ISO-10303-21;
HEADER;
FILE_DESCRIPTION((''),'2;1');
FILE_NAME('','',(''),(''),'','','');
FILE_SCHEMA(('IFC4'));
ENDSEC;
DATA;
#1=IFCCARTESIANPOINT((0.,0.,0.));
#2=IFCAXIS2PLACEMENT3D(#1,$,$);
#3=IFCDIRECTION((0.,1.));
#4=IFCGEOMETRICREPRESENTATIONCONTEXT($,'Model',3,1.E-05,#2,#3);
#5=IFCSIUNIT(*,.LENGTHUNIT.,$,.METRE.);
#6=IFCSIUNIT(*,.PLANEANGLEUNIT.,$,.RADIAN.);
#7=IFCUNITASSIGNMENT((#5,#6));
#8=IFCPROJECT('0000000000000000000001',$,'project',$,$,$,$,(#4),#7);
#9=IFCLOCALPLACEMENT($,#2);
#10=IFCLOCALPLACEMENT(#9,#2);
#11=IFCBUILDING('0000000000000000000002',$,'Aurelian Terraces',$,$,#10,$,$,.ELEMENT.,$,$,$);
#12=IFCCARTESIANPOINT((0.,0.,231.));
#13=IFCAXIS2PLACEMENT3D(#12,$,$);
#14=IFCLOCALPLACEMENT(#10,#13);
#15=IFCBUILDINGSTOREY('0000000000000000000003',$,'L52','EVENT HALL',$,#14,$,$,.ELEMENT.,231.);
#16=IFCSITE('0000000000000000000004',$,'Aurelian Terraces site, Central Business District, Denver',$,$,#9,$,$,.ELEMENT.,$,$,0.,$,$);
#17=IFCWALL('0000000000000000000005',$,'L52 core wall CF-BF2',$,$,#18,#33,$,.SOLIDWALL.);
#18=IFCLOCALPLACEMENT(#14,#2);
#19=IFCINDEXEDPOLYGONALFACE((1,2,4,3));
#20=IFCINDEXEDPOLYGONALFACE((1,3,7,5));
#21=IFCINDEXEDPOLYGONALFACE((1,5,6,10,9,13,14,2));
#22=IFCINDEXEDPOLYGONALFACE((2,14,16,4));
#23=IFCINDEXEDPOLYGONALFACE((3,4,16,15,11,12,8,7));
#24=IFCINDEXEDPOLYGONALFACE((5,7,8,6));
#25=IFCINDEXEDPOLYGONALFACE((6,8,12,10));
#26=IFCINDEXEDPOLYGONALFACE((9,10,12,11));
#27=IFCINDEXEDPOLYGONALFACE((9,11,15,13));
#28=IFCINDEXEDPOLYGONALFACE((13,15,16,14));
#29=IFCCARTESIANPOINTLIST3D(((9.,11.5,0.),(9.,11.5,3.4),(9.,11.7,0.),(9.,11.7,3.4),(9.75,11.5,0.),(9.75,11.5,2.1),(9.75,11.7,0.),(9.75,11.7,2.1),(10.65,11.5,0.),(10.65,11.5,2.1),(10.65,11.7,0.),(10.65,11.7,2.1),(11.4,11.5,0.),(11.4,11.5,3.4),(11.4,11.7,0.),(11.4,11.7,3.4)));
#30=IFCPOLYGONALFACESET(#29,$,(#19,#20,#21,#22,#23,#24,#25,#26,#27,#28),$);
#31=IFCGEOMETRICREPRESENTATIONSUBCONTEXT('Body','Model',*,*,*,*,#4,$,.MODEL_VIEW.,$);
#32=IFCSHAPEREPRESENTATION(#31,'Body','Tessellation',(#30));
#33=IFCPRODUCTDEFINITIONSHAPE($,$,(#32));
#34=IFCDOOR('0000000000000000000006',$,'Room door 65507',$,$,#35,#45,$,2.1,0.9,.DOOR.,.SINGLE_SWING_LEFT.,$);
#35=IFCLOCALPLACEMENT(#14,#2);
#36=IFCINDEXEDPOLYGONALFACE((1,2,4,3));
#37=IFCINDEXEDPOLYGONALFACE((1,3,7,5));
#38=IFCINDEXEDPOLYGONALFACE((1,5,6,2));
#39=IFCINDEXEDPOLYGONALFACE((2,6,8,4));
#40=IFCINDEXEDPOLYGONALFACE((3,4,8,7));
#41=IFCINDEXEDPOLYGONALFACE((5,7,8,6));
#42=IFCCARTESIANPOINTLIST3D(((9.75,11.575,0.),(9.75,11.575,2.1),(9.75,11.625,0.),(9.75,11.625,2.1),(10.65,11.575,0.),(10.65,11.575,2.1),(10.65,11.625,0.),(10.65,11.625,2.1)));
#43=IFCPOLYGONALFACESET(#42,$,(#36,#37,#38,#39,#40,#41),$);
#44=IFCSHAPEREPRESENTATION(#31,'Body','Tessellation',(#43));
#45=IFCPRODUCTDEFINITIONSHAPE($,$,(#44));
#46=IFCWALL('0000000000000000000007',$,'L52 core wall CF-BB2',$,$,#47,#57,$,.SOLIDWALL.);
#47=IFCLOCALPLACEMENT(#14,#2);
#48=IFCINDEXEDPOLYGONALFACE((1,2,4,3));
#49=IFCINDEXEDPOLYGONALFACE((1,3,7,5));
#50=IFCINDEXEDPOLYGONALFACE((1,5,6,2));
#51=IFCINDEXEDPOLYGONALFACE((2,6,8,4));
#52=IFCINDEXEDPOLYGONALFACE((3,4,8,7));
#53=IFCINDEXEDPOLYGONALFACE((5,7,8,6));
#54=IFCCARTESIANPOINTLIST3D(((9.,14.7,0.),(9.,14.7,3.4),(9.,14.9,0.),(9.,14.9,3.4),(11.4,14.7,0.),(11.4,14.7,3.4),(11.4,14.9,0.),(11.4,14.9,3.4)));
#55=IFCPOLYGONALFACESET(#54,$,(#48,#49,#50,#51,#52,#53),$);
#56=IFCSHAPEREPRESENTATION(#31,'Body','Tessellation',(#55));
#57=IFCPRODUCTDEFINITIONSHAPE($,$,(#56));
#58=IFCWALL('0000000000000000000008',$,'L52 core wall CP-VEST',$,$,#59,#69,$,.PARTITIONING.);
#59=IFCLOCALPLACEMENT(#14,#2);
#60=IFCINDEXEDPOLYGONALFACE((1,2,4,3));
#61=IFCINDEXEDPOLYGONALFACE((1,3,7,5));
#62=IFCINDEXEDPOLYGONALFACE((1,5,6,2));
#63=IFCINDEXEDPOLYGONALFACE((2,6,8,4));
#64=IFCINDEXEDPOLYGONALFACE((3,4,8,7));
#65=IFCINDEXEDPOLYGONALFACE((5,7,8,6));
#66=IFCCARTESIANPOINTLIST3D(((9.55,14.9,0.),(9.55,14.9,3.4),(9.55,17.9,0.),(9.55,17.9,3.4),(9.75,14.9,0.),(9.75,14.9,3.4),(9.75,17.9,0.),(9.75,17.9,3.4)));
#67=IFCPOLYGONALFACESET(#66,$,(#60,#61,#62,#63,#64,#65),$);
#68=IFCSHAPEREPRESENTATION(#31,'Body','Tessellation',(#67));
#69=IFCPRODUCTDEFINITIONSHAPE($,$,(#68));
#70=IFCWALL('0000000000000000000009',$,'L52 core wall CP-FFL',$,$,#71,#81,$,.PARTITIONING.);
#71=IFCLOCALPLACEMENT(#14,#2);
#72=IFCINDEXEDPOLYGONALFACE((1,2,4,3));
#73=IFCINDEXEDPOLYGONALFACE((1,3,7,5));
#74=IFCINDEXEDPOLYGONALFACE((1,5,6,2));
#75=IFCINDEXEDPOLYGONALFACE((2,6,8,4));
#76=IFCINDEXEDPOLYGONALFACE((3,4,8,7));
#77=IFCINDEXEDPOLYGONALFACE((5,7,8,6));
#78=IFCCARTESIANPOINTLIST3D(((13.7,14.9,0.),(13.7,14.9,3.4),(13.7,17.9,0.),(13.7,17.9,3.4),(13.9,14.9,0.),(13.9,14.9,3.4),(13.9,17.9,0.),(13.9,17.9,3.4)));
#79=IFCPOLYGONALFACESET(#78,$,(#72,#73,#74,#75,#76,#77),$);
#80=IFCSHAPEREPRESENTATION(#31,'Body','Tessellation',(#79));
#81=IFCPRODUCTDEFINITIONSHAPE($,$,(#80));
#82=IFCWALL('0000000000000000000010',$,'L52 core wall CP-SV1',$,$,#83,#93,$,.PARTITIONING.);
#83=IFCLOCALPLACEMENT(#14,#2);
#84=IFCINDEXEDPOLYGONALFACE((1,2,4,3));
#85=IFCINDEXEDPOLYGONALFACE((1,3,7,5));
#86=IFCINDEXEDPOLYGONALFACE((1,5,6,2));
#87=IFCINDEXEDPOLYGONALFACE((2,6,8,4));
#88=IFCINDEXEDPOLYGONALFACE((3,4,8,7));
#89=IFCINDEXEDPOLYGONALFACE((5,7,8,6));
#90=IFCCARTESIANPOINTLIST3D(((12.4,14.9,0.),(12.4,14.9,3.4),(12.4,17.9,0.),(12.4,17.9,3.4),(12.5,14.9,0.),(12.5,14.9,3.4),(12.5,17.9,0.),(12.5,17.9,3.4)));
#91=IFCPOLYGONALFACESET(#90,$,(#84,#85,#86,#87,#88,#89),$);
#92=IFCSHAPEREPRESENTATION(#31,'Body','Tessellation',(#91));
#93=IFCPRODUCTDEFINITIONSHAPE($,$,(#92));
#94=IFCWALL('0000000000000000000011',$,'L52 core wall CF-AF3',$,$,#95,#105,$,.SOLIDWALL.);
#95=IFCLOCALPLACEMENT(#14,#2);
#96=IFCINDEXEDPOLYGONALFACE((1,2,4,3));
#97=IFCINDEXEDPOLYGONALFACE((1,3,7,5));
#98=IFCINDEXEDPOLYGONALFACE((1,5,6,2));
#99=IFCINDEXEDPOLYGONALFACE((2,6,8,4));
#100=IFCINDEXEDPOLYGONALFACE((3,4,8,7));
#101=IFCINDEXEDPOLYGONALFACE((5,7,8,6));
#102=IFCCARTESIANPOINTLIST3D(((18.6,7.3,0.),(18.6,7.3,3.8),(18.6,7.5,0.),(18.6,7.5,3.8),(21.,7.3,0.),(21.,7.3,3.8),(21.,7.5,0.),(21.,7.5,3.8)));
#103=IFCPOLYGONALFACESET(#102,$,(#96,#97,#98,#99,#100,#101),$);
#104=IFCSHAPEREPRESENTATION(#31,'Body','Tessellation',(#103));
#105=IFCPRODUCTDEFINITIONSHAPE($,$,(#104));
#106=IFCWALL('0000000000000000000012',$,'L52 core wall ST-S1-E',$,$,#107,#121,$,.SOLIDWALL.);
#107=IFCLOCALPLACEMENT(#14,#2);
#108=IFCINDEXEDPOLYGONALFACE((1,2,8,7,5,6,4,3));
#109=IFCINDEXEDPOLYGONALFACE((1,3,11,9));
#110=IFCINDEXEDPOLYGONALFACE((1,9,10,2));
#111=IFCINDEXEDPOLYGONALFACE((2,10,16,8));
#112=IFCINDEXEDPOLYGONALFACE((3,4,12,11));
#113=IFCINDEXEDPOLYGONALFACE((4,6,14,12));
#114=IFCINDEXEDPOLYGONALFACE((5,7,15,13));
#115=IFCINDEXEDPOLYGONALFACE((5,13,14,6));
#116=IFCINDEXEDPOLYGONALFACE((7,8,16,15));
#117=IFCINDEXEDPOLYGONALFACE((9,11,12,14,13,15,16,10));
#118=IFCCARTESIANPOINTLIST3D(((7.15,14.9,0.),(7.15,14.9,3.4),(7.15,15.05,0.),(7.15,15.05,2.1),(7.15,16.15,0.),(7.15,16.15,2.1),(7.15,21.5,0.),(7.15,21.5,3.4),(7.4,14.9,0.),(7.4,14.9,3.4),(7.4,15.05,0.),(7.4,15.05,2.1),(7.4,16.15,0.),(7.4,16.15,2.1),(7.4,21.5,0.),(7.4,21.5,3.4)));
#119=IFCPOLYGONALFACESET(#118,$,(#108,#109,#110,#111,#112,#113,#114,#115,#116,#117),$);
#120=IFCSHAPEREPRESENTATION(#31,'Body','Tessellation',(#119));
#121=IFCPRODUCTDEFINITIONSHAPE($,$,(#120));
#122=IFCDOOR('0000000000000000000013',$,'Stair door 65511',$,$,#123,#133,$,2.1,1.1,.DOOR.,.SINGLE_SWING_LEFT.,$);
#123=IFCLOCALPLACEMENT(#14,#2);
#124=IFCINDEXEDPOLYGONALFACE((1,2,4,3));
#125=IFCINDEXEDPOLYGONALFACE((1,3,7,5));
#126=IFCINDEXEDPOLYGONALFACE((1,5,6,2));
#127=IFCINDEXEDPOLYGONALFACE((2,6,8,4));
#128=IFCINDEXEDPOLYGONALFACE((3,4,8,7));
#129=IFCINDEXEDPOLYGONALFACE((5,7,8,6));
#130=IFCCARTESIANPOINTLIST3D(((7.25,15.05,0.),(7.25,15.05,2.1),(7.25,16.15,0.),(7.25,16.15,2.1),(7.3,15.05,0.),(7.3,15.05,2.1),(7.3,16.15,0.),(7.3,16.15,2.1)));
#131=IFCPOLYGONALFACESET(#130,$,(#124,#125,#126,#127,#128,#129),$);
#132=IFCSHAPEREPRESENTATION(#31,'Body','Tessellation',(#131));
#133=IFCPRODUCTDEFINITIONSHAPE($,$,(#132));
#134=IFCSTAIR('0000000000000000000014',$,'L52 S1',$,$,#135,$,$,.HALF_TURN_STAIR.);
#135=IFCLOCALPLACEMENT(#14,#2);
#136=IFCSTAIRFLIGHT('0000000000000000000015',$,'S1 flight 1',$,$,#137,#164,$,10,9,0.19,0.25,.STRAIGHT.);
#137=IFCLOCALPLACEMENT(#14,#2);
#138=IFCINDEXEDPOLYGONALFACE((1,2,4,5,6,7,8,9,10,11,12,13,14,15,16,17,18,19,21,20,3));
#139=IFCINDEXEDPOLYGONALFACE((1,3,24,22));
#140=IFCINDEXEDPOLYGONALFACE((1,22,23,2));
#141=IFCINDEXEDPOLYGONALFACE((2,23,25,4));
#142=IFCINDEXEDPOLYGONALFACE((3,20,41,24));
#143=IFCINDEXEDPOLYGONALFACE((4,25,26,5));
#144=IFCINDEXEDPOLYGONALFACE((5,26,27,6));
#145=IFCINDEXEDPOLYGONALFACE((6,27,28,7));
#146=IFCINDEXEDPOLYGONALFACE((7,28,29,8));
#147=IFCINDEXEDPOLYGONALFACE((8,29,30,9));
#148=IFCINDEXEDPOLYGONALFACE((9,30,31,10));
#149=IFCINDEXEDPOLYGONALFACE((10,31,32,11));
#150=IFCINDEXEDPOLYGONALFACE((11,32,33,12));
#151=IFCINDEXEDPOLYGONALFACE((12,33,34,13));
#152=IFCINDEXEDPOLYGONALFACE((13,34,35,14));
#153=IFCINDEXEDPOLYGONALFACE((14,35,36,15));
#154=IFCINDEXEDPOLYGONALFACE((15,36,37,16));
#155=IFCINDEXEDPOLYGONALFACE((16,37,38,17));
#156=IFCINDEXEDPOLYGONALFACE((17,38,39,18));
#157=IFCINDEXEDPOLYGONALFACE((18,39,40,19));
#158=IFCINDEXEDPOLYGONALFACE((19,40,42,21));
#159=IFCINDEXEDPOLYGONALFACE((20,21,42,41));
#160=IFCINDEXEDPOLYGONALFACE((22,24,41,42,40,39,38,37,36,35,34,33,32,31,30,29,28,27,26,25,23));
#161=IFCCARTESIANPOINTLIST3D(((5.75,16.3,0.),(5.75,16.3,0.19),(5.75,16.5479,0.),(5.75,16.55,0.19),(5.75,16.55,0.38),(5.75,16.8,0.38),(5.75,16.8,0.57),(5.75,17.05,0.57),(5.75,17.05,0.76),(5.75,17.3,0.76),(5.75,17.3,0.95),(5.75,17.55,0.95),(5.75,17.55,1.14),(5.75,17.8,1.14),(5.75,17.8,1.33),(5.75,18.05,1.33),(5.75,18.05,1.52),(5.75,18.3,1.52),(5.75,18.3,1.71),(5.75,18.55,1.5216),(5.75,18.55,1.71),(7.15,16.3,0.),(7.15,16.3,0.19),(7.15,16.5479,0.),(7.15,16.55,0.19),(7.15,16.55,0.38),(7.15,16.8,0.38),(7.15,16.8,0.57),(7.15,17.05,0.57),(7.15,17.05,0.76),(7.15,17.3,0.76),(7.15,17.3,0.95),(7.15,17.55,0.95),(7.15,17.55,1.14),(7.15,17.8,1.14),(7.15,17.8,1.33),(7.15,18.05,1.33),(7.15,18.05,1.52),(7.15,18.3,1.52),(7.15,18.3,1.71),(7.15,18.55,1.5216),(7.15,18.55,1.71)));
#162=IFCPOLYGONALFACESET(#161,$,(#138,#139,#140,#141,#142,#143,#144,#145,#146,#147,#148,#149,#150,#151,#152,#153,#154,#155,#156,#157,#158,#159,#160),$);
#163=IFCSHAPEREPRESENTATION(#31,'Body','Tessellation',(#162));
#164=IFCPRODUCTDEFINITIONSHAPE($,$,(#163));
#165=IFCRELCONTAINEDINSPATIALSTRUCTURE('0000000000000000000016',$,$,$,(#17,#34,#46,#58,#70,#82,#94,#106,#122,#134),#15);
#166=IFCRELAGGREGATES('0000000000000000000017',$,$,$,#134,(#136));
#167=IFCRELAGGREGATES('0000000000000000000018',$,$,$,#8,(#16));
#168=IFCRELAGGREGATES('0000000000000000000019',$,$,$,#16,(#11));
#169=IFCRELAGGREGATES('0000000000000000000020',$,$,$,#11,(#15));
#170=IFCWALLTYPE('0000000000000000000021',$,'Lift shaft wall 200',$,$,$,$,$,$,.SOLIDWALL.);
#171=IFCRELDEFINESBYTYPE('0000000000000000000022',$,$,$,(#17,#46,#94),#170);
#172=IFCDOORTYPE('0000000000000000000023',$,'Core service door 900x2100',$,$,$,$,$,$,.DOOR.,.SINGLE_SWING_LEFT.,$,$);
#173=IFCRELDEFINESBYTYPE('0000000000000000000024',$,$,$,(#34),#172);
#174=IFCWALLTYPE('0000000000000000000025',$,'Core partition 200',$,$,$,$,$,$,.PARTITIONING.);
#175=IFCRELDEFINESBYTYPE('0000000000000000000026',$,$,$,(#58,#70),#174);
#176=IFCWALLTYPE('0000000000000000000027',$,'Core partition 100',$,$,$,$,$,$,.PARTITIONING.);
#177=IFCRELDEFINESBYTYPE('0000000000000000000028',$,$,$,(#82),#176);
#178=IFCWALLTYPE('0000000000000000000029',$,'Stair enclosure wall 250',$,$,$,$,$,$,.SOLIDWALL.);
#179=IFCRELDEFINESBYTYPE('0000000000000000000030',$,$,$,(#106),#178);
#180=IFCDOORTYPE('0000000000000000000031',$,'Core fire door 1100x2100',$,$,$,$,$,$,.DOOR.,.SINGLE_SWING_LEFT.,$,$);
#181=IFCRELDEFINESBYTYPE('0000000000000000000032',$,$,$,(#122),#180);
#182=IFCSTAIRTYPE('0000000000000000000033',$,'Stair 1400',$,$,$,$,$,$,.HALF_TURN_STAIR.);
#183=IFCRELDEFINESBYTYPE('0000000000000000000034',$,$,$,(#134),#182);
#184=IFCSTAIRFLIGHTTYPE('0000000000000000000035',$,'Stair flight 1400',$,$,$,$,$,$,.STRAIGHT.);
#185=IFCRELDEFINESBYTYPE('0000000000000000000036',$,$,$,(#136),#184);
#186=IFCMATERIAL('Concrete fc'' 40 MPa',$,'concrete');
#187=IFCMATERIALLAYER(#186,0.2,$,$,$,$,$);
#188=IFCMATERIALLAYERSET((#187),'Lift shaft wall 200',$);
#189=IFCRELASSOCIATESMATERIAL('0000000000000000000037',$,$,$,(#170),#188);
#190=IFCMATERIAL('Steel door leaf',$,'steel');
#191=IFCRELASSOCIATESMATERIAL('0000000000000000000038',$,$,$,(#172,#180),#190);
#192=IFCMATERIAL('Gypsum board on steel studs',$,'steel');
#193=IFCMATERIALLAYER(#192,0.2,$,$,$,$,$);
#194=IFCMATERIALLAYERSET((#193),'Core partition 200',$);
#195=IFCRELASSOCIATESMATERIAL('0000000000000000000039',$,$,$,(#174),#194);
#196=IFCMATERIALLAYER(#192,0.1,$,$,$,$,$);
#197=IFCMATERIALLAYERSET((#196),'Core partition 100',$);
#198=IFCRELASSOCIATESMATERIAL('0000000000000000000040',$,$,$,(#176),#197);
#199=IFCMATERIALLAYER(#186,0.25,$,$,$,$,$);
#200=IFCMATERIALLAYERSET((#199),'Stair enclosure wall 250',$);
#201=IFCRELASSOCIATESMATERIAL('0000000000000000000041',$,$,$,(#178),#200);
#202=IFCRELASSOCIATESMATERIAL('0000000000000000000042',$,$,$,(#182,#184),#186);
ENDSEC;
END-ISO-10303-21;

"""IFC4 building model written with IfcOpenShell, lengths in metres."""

from ifc_helpers import new_model, si_unit, direction, frame, frame_2d, origin, place, context, subcontext, project, spatial, polyline, rectangle, outline, extrude, source, transform, mapped, material, layer, layer_set, type_object, element, fill, aggregate, save


model = new_model("IFC4")

# Units and contexts
model_context = context("Model", 3, precision=1e-05, world=origin(), true_north=direction((0.0, 1.0)))
body_context = subcontext(model_context, "Body", "Model", "MODEL_VIEW")
ifc_project = project(units=[si_unit("LENGTHUNIT", "METRE"), si_unit("PLANEANGLEUNIT", "RADIAN")], contexts=[model_context])

# Site, building, storey
site_placement = place(None, origin())
site = spatial("IfcSite", under=ifc_project, at=site_placement, Name="Aurelian Terraces site, Central Business District, Denver", CompositionType="ELEMENT", RefElevation=0.0)
building_placement = place(site_placement, origin())
building = spatial("IfcBuilding", under=site, at=building_placement, Name="Aurelian Terraces", CompositionType="ELEMENT")
storey_placement = place(building_placement, frame((0.0, 0.0, 231.0)))
storey = spatial("IfcBuildingStorey", under=building, at=storey_placement, Name="L52", Description="EVENT HALL", CompositionType="ELEMENT", Elevation=231.0)

# Shared definitions
ifc_material_1 = material(Name="Concrete fc' 40 MPa", Category="concrete")
ifc_layer_1 = layer(ifc_material_1, 0.2)
ifc_layer_set_1 = layer_set([ifc_layer_1], Name="Lift shaft wall 200")
wall_type_1 = type_object("IfcWallType", Name="Lift shaft wall 200", PredefinedType="SOLIDWALL", material=ifc_layer_set_1)

# Shared definitions
shared_shape_1 = source(origin(), body_context, "Body", "SweptSolid", [
    extrude(rectangle(XDim=1.1, YDim=2.1, at=frame_2d((0.55, 1.05))), frame((0.0, 0.025, 0.0), z_axis=(0.0, -1.0, 0.0), x_axis=(1.0, 0.0, 0.0)), (0.0, 0.0, 1.0), 0.05),
])

# Wall, opening, door
shared_shape_2 = source(origin(), body_context, "Body", "SweptSolid", [
    extrude(rectangle(XDim=2.4, YDim=0.2, at=frame_2d((1.2, 0.0))), origin(), (0.0, 0.0, 1.0), 3.4),
])
wall_1_placement = place(storey_placement, frame((9.0, 11.6, 0.0), z_axis=(0.0, 0.0, 1.0), x_axis=(1.0, 0.0, 0.0)))
wall_1 = element("IfcWall", 1, at=wall_1_placement, inside=storey, type_object=wall_type_1, Name="L52 core wall CF-BF2", PredefinedType="SOLIDWALL", context=body_context, shape_type="MappedRepresentation", body=[
    mapped(shared_shape_2, transform((0.0, 0.0, 0.0), scale=1.0)),
])
shared_shape_3 = source(origin(), body_context, "Body", "SweptSolid", [
    extrude(rectangle(XDim=0.9, YDim=2.1, at=frame_2d((0.45, 1.05))), frame((0.0, 0.11, 0.0), z_axis=(0.0, -1.0, 0.0), x_axis=(1.0, 0.0, 0.0)), (0.0, 0.0, 1.0), 0.22),
])
opening_1_placement = place(wall_1_placement, frame((0.75, 0.0, 0.0)))
opening_1 = element("IfcOpeningElement", 2, at=opening_1_placement, cuts=wall_1, PredefinedType="OPENING", context=body_context, shape_type="MappedRepresentation", body=[
    mapped(shared_shape_3, transform((0.0, 0.0, 0.0), scale=1.0)),
])
ifc_material_2 = material(Name="Steel door leaf", Category="steel")
door_type_1 = type_object("IfcDoorType", Name="Core service door 900x2100", OperationType="SINGLE_SWING_LEFT", PredefinedType="DOOR", material=ifc_material_2)
shared_shape_4 = source(origin(), body_context, "Body", "SweptSolid", [
    extrude(rectangle(XDim=0.9, YDim=2.1, at=frame_2d((0.45, 1.05))), frame((0.0, 0.025, 0.0), z_axis=(0.0, -1.0, 0.0), x_axis=(1.0, 0.0, 0.0)), (0.0, 0.0, 1.0), 0.05),
])
door_1_placement = place(opening_1_placement, origin())
door_1 = element("IfcDoor", 3, at=door_1_placement, inside=storey, type_object=door_type_1, Name="Room door 65507", OperationType="SINGLE_SWING_LEFT", OverallHeight=2.1, OverallWidth=0.9, PredefinedType="DOOR", context=body_context, shape_type="MappedRepresentation", body=[
    mapped(shared_shape_4, transform((0.0, 0.0, 0.0), scale=1.0)),
])
fill(opening_1, door_1)

# Walls
wall_2_placement = place(storey_placement, frame((9.0, 14.8, 0.0), z_axis=(0.0, 0.0, 1.0), x_axis=(1.0, 0.0, 0.0)))
element("IfcWall", 4, at=wall_2_placement, inside=storey, type_object=wall_type_1, Name="L52 core wall CF-BB2", PredefinedType="SOLIDWALL", context=body_context, shape_type="MappedRepresentation", body=[
    mapped(shared_shape_2, transform((0.0, 0.0, 0.0), scale=1.0)),
])
ifc_material_3 = material(Name="Gypsum board on steel studs", Category="steel")
ifc_layer_2 = layer(ifc_material_3, 0.2)
ifc_layer_set_2 = layer_set([ifc_layer_2], Name="Core partition 200")
wall_type_2 = type_object("IfcWallType", Name="Core partition 200", PredefinedType="PARTITIONING", material=ifc_layer_set_2)
shared_shape_5 = source(origin(), body_context, "Body", "SweptSolid", [
    extrude(rectangle(XDim=3.0, YDim=0.2, at=frame_2d((1.5, 0.0))), origin(), (0.0, 0.0, 1.0), 3.4),
])
for number, where, z_axis, x_axis, name in (
    (5, (9.65, 14.9, 0.0), (0.0, 0.0, 1.0), (0.0, 1.0, 0.0), "L52 core wall CP-VEST"),
    (6, (13.8, 14.9, 0.0), (0.0, 0.0, 1.0), (0.0, 1.0, 0.0), "L52 core wall CP-FFL"),
):
    element("IfcWall", number, at=place(storey_placement, frame(where, z_axis=z_axis, x_axis=x_axis)), inside=storey, type_object=wall_type_2, Name=name, PredefinedType="PARTITIONING", context=body_context, shape_type="MappedRepresentation", body=[
        mapped(shared_shape_5, transform((0.0, 0.0, 0.0), scale=1.0)),
    ])
ifc_layer_3 = layer(ifc_material_3, 0.1)
ifc_layer_set_3 = layer_set([ifc_layer_3], Name="Core partition 100")
wall_type_3 = type_object("IfcWallType", Name="Core partition 100", PredefinedType="PARTITIONING", material=ifc_layer_set_3)
shared_shape_6 = source(origin(), body_context, "Body", "SweptSolid", [
    extrude(rectangle(XDim=3.0, YDim=0.1, at=frame_2d((1.5, 0.0))), origin(), (0.0, 0.0, 1.0), 3.4),
])
wall_3_placement = place(storey_placement, frame((12.45, 14.9, 0.0), z_axis=(0.0, 0.0, 1.0), x_axis=(0.0, 1.0, 0.0)))
element("IfcWall", 7, at=wall_3_placement, inside=storey, type_object=wall_type_3, Name="L52 core wall CP-SV1", PredefinedType="PARTITIONING", context=body_context, shape_type="MappedRepresentation", body=[
    mapped(shared_shape_6, transform((0.0, 0.0, 0.0), scale=1.0)),
])
shared_shape_7 = source(origin(), body_context, "Body", "SweptSolid", [
    extrude(rectangle(XDim=2.4, YDim=0.2, at=frame_2d((1.2, 0.0))), origin(), (0.0, 0.0, 1.0), 3.8),
])
wall_4_placement = place(storey_placement, frame((18.6, 7.4, 0.0), z_axis=(0.0, 0.0, 1.0), x_axis=(1.0, 0.0, 0.0)))
element("IfcWall", 8, at=wall_4_placement, inside=storey, type_object=wall_type_1, Name="L52 core wall CF-AF3", PredefinedType="SOLIDWALL", context=body_context, shape_type="MappedRepresentation", body=[
    mapped(shared_shape_7, transform((0.0, 0.0, 0.0), scale=1.0)),
])

# Wall, opening, door
ifc_layer_4 = layer(ifc_material_1, 0.25)
ifc_layer_set_4 = layer_set([ifc_layer_4], Name="Stair enclosure wall 250")
wall_type_4 = type_object("IfcWallType", Name="Stair enclosure wall 250", PredefinedType="SOLIDWALL", material=ifc_layer_set_4)
shared_shape_8 = source(origin(), body_context, "Body", "SweptSolid", [
    extrude(rectangle(XDim=6.6, YDim=0.25, at=frame_2d((3.3, 0.0))), origin(), (0.0, 0.0, 1.0), 3.4),
])
wall_5_placement = place(storey_placement, frame((7.275, 14.9, 0.0), z_axis=(0.0, 0.0, 1.0), x_axis=(0.0, 1.0, 0.0)))
wall_5 = element("IfcWall", 9, at=wall_5_placement, inside=storey, type_object=wall_type_4, Name="L52 core wall ST-S1-E", PredefinedType="SOLIDWALL", context=body_context, shape_type="MappedRepresentation", body=[
    mapped(shared_shape_8, transform((0.0, 0.0, 0.0), scale=1.0)),
])
shared_shape_9 = source(origin(), body_context, "Body", "SweptSolid", [
    extrude(rectangle(XDim=1.1, YDim=2.1, at=frame_2d((0.55, 1.05))), frame((0.0, 0.135, 0.0), z_axis=(0.0, -1.0, 0.0), x_axis=(1.0, 0.0, 0.0)), (0.0, 0.0, 1.0), 0.27),
])
opening_2_placement = place(wall_5_placement, frame((0.15, 0.0, 0.0)))
opening_2 = element("IfcOpeningElement", 10, at=opening_2_placement, cuts=wall_5, PredefinedType="OPENING", context=body_context, shape_type="MappedRepresentation", body=[
    mapped(shared_shape_9, transform((0.0, 0.0, 0.0), scale=1.0)),
])
door_type_2 = type_object("IfcDoorType", Name="Core fire door 1100x2100", OperationType="SINGLE_SWING_LEFT", PredefinedType="DOOR", material=ifc_material_2)
door_2_placement = place(opening_2_placement, origin())
door_2 = element("IfcDoor", 11, at=door_2_placement, inside=storey, type_object=door_type_2, Name="Stair door 65511", OperationType="SINGLE_SWING_LEFT", OverallHeight=2.1, OverallWidth=1.1, PredefinedType="DOOR", context=body_context, shape_type="MappedRepresentation", body=[
    mapped(shared_shape_1, transform((0.0, 0.0, 0.0), scale=1.0)),
])
fill(opening_2, door_2)

# Stair, stair flight
stair_type = type_object("IfcStairType", Name="Stair 1400", PredefinedType="HALF_TURN_STAIR", material=ifc_material_1)
stair_placement = place(storey_placement, origin())
stair = element("IfcStair", 12, at=stair_placement, inside=storey, type_object=stair_type, Name="L52 S1", PredefinedType="HALF_TURN_STAIR")
stair_flight_type = type_object("IfcStairFlightType", Name="Stair flight 1400", PredefinedType="STRAIGHT", material=ifc_material_1)
shared_shape_10 = source(origin(), body_context, "Body", "SweptSolid", [
    extrude(outline(polyline([(0.0, 0.0), (0.0, 0.19), (0.25, 0.19), (0.25, 0.38), (0.5, 0.38), (0.5, 0.57), (0.75, 0.57), (0.75, 0.76), (1.0, 0.76), (1.0, 0.95), (1.25, 0.95), (1.25, 1.14), (1.5, 1.14), (1.5, 1.33), (1.75, 1.33), (1.75, 1.52), (2.0, 1.52), (2.0, 1.71), (2.25, 1.71), (2.25, 1.9), (2.25, 1.5216), (0.2479, 0.0), (0.0, 0.0)])), frame((0.0, 0.7, 0.0), z_axis=(0.0, -1.0, 0.0), x_axis=(1.0, 0.0, 0.0)), (0.0, 0.0, 1.0), 1.4),
])
stair_flight_placement = place(storey_placement, frame((6.45, 16.3, 0.0), z_axis=(0.0, 0.0, 1.0), x_axis=(0.0, 1.0, 0.0)))
stair_flight = element("IfcStairFlight", 13, at=stair_flight_placement, type_object=stair_flight_type, Name="S1 flight 1", NumberOfRisers=10, NumberOfTreads=9, PredefinedType="STRAIGHT", RiserHeight=0.19, TreadLength=0.25, context=body_context, shape_type="MappedRepresentation", body=[
    mapped(shared_shape_10, transform((0.0, 0.0, 0.0), scale=1.0)),
])
aggregate(stair, [stair_flight])

save(model, "model.ifc")
